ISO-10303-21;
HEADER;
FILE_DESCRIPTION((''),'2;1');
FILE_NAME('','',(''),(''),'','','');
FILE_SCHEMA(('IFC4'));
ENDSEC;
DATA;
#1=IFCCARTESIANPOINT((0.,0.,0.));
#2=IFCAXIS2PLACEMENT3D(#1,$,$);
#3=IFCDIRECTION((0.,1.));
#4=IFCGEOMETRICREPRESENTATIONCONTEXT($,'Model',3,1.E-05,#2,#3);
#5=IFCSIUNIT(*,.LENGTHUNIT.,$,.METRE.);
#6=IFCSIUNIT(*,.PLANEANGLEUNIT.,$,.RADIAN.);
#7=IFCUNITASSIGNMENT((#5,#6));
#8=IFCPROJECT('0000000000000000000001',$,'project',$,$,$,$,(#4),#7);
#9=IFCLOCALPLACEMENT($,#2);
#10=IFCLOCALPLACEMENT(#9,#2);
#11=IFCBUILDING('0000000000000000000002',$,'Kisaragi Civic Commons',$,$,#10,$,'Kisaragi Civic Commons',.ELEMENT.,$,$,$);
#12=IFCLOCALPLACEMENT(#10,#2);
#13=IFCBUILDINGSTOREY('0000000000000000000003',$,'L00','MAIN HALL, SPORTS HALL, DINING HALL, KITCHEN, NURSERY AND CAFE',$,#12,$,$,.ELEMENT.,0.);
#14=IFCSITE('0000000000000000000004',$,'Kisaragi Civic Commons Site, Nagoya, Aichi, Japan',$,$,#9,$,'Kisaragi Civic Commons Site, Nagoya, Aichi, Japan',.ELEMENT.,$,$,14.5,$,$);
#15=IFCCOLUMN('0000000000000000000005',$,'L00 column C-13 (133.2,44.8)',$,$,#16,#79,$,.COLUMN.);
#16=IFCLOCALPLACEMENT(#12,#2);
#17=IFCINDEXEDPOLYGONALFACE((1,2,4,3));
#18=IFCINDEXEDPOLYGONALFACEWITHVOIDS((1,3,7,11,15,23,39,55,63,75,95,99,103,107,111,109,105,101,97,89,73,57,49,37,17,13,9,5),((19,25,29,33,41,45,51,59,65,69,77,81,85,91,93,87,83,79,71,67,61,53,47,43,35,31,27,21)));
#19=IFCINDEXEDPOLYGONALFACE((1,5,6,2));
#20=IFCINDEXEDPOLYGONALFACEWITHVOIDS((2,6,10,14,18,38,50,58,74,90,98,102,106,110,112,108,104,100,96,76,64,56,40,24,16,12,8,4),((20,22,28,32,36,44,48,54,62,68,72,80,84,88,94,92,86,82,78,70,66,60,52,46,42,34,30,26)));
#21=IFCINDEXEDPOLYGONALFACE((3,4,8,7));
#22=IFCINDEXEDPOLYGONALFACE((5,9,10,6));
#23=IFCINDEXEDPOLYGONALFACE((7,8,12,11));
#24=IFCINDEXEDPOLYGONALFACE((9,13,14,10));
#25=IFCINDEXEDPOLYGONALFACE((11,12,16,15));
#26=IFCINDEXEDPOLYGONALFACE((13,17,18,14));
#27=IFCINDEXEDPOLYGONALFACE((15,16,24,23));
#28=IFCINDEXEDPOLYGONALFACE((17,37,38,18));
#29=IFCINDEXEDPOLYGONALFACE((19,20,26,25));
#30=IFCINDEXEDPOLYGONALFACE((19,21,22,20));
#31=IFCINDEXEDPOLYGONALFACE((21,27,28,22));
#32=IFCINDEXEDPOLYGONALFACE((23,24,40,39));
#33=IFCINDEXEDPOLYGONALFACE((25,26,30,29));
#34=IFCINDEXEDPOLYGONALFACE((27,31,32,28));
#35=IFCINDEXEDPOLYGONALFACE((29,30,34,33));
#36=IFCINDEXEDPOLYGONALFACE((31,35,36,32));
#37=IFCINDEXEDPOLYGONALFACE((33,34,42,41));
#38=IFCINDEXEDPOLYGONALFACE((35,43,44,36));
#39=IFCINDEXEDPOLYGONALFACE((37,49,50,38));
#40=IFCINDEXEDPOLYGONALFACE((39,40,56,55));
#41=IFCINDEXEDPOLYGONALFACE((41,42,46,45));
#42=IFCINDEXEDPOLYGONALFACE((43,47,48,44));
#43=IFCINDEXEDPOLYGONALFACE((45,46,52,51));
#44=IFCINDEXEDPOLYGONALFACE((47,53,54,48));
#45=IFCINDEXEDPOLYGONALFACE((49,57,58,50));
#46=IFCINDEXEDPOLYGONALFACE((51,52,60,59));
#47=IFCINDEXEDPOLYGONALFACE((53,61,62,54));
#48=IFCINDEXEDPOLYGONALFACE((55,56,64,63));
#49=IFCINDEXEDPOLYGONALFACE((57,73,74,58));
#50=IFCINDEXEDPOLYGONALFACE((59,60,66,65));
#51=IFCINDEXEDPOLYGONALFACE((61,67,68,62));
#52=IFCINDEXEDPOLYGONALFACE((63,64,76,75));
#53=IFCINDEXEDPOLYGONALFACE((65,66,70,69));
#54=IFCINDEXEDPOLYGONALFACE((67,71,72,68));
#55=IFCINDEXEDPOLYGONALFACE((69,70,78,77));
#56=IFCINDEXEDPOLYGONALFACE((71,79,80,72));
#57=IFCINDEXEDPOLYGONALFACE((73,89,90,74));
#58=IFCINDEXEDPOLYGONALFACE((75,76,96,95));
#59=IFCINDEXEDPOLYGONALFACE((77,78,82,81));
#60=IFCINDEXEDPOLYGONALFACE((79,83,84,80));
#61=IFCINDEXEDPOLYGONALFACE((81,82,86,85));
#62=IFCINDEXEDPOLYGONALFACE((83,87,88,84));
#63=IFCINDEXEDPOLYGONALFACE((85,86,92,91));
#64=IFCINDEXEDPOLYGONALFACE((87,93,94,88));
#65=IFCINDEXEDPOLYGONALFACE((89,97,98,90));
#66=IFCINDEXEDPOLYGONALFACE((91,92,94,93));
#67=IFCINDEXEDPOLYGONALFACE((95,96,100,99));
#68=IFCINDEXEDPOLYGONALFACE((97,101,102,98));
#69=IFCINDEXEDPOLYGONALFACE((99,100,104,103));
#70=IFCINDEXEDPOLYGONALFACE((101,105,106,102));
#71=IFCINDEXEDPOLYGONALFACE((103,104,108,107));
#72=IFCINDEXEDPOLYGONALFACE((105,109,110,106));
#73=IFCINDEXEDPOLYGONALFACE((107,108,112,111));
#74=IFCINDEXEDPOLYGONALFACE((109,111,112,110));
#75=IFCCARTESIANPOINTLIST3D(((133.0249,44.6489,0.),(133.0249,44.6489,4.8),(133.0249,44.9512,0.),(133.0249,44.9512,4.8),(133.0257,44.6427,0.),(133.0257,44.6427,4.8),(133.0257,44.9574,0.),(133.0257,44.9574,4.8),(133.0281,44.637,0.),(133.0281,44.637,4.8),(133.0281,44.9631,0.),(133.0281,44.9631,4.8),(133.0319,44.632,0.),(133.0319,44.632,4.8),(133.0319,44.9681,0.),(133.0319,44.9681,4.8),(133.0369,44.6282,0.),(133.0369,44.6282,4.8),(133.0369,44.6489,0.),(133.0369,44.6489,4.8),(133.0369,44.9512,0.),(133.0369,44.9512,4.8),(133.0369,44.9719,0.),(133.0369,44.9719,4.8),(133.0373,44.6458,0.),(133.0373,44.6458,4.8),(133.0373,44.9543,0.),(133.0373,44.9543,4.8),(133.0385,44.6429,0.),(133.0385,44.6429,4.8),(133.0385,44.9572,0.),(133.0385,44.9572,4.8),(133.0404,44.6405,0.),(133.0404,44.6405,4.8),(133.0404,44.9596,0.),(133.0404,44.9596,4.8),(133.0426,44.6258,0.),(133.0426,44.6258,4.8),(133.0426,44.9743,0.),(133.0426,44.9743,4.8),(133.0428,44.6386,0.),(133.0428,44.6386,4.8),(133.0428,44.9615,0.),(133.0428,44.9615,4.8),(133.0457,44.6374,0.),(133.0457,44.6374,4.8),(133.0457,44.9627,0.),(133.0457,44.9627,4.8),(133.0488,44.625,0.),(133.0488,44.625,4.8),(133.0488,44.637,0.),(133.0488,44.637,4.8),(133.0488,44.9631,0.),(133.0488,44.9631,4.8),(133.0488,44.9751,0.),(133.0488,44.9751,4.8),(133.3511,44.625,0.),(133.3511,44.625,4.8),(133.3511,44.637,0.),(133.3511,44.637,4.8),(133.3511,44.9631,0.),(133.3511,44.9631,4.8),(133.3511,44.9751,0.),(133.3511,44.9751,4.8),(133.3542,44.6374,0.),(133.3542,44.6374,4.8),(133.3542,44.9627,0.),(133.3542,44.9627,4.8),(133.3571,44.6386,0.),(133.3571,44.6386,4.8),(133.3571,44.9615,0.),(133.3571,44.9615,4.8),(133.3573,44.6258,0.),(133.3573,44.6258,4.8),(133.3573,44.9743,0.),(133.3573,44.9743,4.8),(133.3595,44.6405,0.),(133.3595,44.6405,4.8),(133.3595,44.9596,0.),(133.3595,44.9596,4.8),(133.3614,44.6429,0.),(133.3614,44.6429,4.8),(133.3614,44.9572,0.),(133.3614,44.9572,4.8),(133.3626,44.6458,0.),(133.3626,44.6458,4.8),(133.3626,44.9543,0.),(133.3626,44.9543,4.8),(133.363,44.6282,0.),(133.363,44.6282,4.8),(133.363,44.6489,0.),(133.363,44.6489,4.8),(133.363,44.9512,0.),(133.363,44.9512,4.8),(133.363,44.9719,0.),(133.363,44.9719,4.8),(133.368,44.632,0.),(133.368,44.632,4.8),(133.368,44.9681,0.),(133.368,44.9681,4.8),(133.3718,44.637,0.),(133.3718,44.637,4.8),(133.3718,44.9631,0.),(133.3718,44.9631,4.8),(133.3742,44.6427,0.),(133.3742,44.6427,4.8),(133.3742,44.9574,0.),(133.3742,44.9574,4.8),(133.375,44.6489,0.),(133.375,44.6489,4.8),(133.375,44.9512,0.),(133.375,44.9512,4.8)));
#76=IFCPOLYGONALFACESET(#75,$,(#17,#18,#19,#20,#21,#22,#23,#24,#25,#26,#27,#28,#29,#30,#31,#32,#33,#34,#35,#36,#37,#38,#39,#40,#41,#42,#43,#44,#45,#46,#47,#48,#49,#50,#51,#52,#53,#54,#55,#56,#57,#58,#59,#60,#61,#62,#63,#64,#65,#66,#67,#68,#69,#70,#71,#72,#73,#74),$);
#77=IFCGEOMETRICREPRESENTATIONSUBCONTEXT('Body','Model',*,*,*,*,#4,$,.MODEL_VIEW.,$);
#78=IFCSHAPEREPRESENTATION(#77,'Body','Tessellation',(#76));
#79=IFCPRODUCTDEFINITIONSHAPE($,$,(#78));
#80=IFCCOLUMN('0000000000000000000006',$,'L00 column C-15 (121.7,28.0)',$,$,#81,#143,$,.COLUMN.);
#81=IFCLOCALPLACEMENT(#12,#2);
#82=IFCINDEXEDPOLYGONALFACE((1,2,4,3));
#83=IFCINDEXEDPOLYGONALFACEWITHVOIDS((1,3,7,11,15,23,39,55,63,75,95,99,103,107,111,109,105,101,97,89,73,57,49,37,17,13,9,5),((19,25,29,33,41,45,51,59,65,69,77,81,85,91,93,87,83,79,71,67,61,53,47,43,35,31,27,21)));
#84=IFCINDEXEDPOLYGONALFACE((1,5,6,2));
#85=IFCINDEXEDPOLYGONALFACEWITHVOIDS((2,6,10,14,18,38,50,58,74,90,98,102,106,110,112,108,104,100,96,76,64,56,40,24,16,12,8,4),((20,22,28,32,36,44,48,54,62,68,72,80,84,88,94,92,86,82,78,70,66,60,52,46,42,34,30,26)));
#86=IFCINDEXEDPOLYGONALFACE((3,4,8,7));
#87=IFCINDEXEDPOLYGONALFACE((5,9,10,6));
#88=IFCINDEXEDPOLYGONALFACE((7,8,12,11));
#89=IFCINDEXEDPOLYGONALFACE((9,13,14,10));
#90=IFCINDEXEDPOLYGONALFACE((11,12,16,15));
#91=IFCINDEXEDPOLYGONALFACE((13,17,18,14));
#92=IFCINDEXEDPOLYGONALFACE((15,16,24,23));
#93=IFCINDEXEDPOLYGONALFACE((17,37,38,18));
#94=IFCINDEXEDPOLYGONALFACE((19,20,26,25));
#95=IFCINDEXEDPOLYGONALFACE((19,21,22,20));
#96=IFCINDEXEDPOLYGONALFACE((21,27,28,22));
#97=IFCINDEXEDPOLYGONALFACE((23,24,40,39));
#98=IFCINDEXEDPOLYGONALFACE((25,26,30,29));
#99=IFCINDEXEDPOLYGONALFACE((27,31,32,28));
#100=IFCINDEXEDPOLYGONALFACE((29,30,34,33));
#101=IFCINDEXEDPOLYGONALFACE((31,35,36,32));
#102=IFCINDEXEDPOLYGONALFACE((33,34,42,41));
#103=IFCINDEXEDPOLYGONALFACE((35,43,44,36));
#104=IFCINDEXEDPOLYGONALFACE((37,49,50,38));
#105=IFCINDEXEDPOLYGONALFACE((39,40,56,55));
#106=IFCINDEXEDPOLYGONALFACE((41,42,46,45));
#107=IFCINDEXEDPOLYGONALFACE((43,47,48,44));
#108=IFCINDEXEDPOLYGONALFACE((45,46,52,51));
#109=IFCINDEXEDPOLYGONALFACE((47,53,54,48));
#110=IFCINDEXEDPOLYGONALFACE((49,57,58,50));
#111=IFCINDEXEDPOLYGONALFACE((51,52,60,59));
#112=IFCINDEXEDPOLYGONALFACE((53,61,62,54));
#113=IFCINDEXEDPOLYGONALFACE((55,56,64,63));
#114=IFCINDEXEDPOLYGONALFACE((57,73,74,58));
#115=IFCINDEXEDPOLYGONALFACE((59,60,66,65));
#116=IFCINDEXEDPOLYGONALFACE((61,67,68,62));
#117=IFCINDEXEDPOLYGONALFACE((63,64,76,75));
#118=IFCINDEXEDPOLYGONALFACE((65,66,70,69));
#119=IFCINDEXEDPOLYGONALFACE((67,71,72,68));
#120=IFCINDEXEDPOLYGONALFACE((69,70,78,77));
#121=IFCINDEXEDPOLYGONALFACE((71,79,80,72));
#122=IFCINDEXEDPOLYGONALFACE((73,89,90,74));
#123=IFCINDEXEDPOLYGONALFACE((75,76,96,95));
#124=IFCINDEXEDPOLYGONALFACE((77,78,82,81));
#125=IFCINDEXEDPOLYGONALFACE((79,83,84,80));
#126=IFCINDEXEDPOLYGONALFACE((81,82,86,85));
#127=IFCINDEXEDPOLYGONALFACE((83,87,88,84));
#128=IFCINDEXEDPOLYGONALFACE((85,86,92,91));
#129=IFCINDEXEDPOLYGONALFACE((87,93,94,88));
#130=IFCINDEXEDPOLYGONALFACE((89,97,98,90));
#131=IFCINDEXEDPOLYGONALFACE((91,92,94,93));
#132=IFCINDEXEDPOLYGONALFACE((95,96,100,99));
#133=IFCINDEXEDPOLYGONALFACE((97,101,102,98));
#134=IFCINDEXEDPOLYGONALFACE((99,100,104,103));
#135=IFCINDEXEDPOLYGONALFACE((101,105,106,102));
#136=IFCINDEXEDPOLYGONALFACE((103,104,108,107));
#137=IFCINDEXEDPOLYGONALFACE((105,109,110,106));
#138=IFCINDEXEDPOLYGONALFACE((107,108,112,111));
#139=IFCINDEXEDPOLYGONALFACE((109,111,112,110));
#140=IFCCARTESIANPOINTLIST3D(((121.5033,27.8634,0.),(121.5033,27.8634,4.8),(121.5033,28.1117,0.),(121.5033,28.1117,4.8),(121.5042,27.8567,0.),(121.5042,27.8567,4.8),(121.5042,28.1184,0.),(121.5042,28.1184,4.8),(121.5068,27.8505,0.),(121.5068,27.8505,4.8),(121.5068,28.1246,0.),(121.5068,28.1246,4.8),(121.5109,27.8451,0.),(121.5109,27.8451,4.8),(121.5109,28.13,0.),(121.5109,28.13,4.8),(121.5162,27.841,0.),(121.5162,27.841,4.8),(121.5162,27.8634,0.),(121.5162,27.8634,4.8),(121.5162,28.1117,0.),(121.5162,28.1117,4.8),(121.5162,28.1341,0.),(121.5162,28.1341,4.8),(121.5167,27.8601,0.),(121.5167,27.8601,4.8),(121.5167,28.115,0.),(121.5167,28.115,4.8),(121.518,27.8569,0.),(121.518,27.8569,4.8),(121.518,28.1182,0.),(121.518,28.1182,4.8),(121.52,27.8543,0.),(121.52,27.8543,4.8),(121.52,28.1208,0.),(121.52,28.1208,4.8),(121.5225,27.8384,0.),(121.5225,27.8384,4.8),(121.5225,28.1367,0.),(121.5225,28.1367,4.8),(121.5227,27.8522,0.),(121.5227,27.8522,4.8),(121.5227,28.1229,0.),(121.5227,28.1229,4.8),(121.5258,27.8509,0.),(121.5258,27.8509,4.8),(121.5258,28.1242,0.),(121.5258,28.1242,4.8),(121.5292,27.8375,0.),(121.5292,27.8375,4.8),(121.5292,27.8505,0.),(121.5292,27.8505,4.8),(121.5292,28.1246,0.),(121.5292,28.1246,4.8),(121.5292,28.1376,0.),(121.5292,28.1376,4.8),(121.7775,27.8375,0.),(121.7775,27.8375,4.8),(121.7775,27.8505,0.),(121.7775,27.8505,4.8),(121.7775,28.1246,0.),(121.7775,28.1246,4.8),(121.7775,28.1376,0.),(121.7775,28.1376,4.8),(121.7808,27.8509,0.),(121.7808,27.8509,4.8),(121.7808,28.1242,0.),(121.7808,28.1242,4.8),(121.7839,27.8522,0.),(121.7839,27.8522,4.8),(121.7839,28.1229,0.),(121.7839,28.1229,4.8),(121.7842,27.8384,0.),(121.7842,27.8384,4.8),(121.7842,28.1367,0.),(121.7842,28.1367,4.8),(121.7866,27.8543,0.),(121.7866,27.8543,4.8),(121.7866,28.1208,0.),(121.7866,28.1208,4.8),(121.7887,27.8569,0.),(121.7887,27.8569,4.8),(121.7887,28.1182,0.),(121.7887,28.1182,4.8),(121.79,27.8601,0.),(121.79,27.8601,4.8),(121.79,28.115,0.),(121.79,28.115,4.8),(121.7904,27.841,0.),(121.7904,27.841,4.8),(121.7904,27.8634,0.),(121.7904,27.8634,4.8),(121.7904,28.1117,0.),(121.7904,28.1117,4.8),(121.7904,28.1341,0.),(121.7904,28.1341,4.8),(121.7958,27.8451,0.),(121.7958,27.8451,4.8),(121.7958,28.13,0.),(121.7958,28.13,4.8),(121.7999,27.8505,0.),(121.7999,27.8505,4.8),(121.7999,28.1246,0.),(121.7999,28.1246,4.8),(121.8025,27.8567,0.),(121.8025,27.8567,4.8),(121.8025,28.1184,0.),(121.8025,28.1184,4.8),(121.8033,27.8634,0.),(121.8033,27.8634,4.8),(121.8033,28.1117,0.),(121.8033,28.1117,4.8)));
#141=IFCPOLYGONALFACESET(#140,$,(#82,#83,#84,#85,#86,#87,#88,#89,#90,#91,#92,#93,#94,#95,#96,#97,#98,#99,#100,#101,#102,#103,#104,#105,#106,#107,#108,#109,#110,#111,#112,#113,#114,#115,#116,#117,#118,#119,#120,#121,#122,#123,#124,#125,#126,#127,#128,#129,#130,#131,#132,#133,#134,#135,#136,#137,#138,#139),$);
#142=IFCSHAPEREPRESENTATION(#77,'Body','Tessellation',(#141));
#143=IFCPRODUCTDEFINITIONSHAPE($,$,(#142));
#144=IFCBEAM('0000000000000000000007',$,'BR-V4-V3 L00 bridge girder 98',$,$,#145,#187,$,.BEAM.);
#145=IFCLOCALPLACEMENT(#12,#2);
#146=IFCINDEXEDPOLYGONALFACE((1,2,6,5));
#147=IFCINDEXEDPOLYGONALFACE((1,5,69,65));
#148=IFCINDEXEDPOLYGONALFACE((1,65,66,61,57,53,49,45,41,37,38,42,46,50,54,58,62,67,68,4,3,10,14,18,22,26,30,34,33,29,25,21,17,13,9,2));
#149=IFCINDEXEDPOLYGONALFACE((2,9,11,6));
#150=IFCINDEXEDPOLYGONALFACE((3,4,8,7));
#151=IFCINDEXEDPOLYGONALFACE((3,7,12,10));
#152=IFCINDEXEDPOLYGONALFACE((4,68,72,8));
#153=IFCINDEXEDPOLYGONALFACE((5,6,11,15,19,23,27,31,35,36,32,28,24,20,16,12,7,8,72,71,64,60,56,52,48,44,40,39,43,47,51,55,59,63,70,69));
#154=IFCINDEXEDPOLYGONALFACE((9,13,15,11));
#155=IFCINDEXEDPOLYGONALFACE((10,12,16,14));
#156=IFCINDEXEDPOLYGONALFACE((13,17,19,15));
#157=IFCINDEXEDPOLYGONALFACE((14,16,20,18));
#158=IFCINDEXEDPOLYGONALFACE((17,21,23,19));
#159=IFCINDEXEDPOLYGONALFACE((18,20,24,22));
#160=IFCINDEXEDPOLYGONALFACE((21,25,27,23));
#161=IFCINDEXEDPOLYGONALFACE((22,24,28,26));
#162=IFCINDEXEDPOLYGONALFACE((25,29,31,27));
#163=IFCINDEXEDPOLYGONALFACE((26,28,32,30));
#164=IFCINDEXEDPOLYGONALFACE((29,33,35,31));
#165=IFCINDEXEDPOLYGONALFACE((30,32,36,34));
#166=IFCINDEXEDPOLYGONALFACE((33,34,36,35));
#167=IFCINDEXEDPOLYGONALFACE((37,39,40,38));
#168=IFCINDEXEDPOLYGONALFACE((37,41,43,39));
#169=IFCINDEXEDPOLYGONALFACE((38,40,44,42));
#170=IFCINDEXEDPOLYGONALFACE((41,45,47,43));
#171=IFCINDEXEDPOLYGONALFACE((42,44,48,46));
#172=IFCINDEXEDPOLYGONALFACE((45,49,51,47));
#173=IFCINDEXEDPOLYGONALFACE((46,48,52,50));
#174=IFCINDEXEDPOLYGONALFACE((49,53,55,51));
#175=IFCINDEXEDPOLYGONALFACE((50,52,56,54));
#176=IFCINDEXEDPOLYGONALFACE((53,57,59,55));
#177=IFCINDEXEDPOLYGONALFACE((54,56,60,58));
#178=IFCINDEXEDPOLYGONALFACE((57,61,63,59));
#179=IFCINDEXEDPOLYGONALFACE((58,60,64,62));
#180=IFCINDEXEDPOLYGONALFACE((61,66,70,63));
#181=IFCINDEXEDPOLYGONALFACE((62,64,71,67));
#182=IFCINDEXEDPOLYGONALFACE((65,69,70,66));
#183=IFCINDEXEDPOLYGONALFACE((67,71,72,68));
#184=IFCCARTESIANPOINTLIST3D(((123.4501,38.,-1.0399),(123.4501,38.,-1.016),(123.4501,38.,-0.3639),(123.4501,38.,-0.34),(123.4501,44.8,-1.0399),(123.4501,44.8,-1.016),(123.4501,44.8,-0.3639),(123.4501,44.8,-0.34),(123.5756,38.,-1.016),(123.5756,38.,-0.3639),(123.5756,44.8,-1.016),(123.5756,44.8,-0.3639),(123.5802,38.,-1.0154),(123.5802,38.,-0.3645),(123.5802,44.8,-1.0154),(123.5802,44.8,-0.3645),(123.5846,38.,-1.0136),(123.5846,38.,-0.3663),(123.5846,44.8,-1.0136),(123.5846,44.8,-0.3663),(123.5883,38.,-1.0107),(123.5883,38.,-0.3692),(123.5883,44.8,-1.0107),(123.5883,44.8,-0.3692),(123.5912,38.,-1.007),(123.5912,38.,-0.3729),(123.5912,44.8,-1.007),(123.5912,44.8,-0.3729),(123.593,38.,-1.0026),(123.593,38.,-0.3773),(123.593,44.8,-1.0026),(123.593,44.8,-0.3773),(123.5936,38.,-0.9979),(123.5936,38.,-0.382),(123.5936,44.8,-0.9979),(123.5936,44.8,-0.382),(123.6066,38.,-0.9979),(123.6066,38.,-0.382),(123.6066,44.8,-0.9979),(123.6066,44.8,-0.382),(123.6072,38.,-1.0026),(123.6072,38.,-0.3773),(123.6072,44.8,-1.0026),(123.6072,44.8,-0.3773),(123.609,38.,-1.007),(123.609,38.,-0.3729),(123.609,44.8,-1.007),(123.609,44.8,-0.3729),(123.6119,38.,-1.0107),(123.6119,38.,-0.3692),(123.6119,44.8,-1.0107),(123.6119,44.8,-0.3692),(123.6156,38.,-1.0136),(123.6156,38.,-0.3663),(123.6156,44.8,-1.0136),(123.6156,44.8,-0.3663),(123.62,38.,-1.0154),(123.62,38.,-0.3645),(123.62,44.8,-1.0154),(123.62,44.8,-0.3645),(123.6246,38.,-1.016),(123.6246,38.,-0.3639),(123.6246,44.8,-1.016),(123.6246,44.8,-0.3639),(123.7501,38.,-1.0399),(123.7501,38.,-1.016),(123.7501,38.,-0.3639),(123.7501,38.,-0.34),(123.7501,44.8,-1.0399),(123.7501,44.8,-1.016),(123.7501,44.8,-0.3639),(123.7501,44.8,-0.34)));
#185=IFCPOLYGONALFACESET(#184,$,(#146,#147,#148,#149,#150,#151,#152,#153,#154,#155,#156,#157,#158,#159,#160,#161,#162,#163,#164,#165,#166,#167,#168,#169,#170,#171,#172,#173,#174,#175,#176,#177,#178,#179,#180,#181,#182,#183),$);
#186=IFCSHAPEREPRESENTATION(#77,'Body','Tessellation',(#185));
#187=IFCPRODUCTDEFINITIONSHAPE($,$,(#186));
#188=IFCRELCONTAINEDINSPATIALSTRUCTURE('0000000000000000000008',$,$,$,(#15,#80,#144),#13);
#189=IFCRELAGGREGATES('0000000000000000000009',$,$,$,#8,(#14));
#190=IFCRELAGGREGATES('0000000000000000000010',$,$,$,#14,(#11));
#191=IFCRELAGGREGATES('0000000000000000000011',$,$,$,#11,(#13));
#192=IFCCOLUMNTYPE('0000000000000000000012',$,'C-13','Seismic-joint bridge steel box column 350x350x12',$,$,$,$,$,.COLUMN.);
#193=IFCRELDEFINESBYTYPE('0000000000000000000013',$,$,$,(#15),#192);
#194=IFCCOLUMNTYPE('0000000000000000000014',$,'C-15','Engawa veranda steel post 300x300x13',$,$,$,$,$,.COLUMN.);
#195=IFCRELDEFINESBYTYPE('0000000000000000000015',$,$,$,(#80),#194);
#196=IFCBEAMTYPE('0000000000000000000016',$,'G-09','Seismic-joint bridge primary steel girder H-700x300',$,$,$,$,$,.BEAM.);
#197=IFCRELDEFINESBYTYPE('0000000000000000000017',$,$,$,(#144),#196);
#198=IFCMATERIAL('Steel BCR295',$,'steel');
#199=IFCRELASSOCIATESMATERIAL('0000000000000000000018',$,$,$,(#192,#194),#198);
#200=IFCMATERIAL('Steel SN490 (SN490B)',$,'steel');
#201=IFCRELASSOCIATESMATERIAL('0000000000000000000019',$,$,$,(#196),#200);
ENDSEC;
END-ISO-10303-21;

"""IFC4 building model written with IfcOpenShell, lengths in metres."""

from ifc_helpers import new_model, si_unit, direction, frame, origin, origin_2d, place, context, subcontext, project, spatial, hollow_rectangle, i_section, extrude, material, material_profile, profile_set, type_object, element, save


model = new_model("IFC4")

# Units and contexts
model_context = context("Model", 3, precision=1e-05, world=origin(), true_north=direction((0.0, 1.0)))
body_context = subcontext(model_context, "Body", "Model", "MODEL_VIEW")
ifc_project = project(units=[si_unit("LENGTHUNIT", "METRE"), si_unit("PLANEANGLEUNIT", "RADIAN")], contexts=[model_context])

# Site, building, storey
site_placement = place(None, origin())
site = spatial("IfcSite", under=ifc_project, at=site_placement, Name="Kisaragi Civic Commons Site, Nagoya, Aichi, Japan", LongName="Kisaragi Civic Commons Site, Nagoya, Aichi, Japan", CompositionType="ELEMENT", RefElevation=14.5)
building_placement = place(site_placement, origin())
building = spatial("IfcBuilding", under=site, at=building_placement, Name="Kisaragi Civic Commons", LongName="Kisaragi Civic Commons", CompositionType="ELEMENT")
storey_placement = place(building_placement, origin())
storey = spatial("IfcBuildingStorey", under=building, at=storey_placement, Name="L00", Description="MAIN HALL, SPORTS HALL, DINING HALL, KITCHEN, NURSERY AND CAFE", CompositionType="ELEMENT", Elevation=0.0)

# Columns
ifc_material_1 = material(Name="Steel BCR295", Category="steel")
ifc_material_profile_1 = material_profile(ifc_material_1, hollow_rectangle(XDim=0.3501, YDim=0.3501, WallThickness=0.012, InnerFilletRadius=0.012, OuterFilletRadius=0.0239, at=origin_2d()), Name="BCR-350x350x12", Category="steel")
ifc_profile_set_1 = profile_set([ifc_material_profile_1], Name="Steel BCR295")
column_type_1 = type_object("IfcColumnType", Name="C-13", Description="Seismic-joint bridge steel box column 350x350x12", PredefinedType="COLUMN", material=ifc_profile_set_1)
for number, where, z_axis, x_axis, name in (
    (1, (133.2, 44.8, 0.0), (0.0, 0.0, 1.0), (1.0, 0.0, 0.0), "L00 column C-13 (133.2,44.8)"),
):
    element("IfcColumn", number, at=place(storey_placement, frame(where, z_axis=z_axis, x_axis=x_axis)), inside=storey, type_object=column_type_1, Name=name, PredefinedType="COLUMN", context=body_context, shape_type="SweptSolid", body=[
        extrude(hollow_rectangle(XDim=0.3501, YDim=0.3501, WallThickness=0.012, InnerFilletRadius=0.012, OuterFilletRadius=0.0239, at=origin_2d()), origin(), (0.0, 0.0, 1.0), 4.8),
    ])
ifc_material_profile_2 = material_profile(ifc_material_1, hollow_rectangle(XDim=0.3, YDim=0.3, WallThickness=0.0129, InnerFilletRadius=0.0129, OuterFilletRadius=0.0259, at=origin_2d()), Name="BCR-300x300x13", Category="steel")
ifc_profile_set_2 = profile_set([ifc_material_profile_2], Name="Steel BCR295")
column_type_2 = type_object("IfcColumnType", Name="C-15", Description="Engawa veranda steel post 300x300x13", PredefinedType="COLUMN", material=ifc_profile_set_2)
column_placement = place(storey_placement, frame((121.6533, 27.9875, 0.0), z_axis=(0.0, 0.0, 1.0), x_axis=(1.0, 0.0, 0.0)))
element("IfcColumn", 2, at=column_placement, inside=storey, type_object=column_type_2, Name="L00 column C-15 (121.7,28.0)", PredefinedType="COLUMN", context=body_context, shape_type="SweptSolid", body=[
    extrude(hollow_rectangle(XDim=0.3, YDim=0.3, WallThickness=0.0129, InnerFilletRadius=0.0129, OuterFilletRadius=0.0259, at=origin_2d()), origin(), (0.0, 0.0, 1.0), 4.8),
])

# Beam
ifc_material_2 = material(Name="Steel SN490 (SN490B)", Category="steel")
ifc_material_profile_3 = material_profile(ifc_material_2, i_section(OverallWidth=0.3, OverallDepth=0.7, WebThickness=0.0129, FlangeThickness=0.0239, FilletRadius=0.0181, at=origin_2d()), Name="H-700x300x13x24", Category="steel")
ifc_profile_set_3 = profile_set([ifc_material_profile_3], Name="Steel SN490 (SN490B)")
beam_type_1 = type_object("IfcBeamType", Name="G-09", Description="Seismic-joint bridge primary steel girder H-700x300", PredefinedType="BEAM", material=ifc_profile_set_3)
for number, where, z_axis, x_axis, name in (
    (3, (123.6001, 44.8, -0.6899), (0.0, -1.0, 0.0), (1.0, 0.0, 0.0), "BR-V4-V3 L00 bridge girder 98"),
):
    element("IfcBeam", number, at=place(storey_placement, frame(where, z_axis=z_axis, x_axis=x_axis)), inside=storey, type_object=beam_type_1, Name=name, PredefinedType="BEAM", context=body_context, shape_type="SweptSolid", body=[
        extrude(i_section(OverallWidth=0.3, OverallDepth=0.7, WebThickness=0.0129, FlangeThickness=0.0239, FilletRadius=0.0181, at=origin_2d()), origin(), (0.0, 0.0, 1.0), 6.8),
    ])

save(model, "model.ifc")
